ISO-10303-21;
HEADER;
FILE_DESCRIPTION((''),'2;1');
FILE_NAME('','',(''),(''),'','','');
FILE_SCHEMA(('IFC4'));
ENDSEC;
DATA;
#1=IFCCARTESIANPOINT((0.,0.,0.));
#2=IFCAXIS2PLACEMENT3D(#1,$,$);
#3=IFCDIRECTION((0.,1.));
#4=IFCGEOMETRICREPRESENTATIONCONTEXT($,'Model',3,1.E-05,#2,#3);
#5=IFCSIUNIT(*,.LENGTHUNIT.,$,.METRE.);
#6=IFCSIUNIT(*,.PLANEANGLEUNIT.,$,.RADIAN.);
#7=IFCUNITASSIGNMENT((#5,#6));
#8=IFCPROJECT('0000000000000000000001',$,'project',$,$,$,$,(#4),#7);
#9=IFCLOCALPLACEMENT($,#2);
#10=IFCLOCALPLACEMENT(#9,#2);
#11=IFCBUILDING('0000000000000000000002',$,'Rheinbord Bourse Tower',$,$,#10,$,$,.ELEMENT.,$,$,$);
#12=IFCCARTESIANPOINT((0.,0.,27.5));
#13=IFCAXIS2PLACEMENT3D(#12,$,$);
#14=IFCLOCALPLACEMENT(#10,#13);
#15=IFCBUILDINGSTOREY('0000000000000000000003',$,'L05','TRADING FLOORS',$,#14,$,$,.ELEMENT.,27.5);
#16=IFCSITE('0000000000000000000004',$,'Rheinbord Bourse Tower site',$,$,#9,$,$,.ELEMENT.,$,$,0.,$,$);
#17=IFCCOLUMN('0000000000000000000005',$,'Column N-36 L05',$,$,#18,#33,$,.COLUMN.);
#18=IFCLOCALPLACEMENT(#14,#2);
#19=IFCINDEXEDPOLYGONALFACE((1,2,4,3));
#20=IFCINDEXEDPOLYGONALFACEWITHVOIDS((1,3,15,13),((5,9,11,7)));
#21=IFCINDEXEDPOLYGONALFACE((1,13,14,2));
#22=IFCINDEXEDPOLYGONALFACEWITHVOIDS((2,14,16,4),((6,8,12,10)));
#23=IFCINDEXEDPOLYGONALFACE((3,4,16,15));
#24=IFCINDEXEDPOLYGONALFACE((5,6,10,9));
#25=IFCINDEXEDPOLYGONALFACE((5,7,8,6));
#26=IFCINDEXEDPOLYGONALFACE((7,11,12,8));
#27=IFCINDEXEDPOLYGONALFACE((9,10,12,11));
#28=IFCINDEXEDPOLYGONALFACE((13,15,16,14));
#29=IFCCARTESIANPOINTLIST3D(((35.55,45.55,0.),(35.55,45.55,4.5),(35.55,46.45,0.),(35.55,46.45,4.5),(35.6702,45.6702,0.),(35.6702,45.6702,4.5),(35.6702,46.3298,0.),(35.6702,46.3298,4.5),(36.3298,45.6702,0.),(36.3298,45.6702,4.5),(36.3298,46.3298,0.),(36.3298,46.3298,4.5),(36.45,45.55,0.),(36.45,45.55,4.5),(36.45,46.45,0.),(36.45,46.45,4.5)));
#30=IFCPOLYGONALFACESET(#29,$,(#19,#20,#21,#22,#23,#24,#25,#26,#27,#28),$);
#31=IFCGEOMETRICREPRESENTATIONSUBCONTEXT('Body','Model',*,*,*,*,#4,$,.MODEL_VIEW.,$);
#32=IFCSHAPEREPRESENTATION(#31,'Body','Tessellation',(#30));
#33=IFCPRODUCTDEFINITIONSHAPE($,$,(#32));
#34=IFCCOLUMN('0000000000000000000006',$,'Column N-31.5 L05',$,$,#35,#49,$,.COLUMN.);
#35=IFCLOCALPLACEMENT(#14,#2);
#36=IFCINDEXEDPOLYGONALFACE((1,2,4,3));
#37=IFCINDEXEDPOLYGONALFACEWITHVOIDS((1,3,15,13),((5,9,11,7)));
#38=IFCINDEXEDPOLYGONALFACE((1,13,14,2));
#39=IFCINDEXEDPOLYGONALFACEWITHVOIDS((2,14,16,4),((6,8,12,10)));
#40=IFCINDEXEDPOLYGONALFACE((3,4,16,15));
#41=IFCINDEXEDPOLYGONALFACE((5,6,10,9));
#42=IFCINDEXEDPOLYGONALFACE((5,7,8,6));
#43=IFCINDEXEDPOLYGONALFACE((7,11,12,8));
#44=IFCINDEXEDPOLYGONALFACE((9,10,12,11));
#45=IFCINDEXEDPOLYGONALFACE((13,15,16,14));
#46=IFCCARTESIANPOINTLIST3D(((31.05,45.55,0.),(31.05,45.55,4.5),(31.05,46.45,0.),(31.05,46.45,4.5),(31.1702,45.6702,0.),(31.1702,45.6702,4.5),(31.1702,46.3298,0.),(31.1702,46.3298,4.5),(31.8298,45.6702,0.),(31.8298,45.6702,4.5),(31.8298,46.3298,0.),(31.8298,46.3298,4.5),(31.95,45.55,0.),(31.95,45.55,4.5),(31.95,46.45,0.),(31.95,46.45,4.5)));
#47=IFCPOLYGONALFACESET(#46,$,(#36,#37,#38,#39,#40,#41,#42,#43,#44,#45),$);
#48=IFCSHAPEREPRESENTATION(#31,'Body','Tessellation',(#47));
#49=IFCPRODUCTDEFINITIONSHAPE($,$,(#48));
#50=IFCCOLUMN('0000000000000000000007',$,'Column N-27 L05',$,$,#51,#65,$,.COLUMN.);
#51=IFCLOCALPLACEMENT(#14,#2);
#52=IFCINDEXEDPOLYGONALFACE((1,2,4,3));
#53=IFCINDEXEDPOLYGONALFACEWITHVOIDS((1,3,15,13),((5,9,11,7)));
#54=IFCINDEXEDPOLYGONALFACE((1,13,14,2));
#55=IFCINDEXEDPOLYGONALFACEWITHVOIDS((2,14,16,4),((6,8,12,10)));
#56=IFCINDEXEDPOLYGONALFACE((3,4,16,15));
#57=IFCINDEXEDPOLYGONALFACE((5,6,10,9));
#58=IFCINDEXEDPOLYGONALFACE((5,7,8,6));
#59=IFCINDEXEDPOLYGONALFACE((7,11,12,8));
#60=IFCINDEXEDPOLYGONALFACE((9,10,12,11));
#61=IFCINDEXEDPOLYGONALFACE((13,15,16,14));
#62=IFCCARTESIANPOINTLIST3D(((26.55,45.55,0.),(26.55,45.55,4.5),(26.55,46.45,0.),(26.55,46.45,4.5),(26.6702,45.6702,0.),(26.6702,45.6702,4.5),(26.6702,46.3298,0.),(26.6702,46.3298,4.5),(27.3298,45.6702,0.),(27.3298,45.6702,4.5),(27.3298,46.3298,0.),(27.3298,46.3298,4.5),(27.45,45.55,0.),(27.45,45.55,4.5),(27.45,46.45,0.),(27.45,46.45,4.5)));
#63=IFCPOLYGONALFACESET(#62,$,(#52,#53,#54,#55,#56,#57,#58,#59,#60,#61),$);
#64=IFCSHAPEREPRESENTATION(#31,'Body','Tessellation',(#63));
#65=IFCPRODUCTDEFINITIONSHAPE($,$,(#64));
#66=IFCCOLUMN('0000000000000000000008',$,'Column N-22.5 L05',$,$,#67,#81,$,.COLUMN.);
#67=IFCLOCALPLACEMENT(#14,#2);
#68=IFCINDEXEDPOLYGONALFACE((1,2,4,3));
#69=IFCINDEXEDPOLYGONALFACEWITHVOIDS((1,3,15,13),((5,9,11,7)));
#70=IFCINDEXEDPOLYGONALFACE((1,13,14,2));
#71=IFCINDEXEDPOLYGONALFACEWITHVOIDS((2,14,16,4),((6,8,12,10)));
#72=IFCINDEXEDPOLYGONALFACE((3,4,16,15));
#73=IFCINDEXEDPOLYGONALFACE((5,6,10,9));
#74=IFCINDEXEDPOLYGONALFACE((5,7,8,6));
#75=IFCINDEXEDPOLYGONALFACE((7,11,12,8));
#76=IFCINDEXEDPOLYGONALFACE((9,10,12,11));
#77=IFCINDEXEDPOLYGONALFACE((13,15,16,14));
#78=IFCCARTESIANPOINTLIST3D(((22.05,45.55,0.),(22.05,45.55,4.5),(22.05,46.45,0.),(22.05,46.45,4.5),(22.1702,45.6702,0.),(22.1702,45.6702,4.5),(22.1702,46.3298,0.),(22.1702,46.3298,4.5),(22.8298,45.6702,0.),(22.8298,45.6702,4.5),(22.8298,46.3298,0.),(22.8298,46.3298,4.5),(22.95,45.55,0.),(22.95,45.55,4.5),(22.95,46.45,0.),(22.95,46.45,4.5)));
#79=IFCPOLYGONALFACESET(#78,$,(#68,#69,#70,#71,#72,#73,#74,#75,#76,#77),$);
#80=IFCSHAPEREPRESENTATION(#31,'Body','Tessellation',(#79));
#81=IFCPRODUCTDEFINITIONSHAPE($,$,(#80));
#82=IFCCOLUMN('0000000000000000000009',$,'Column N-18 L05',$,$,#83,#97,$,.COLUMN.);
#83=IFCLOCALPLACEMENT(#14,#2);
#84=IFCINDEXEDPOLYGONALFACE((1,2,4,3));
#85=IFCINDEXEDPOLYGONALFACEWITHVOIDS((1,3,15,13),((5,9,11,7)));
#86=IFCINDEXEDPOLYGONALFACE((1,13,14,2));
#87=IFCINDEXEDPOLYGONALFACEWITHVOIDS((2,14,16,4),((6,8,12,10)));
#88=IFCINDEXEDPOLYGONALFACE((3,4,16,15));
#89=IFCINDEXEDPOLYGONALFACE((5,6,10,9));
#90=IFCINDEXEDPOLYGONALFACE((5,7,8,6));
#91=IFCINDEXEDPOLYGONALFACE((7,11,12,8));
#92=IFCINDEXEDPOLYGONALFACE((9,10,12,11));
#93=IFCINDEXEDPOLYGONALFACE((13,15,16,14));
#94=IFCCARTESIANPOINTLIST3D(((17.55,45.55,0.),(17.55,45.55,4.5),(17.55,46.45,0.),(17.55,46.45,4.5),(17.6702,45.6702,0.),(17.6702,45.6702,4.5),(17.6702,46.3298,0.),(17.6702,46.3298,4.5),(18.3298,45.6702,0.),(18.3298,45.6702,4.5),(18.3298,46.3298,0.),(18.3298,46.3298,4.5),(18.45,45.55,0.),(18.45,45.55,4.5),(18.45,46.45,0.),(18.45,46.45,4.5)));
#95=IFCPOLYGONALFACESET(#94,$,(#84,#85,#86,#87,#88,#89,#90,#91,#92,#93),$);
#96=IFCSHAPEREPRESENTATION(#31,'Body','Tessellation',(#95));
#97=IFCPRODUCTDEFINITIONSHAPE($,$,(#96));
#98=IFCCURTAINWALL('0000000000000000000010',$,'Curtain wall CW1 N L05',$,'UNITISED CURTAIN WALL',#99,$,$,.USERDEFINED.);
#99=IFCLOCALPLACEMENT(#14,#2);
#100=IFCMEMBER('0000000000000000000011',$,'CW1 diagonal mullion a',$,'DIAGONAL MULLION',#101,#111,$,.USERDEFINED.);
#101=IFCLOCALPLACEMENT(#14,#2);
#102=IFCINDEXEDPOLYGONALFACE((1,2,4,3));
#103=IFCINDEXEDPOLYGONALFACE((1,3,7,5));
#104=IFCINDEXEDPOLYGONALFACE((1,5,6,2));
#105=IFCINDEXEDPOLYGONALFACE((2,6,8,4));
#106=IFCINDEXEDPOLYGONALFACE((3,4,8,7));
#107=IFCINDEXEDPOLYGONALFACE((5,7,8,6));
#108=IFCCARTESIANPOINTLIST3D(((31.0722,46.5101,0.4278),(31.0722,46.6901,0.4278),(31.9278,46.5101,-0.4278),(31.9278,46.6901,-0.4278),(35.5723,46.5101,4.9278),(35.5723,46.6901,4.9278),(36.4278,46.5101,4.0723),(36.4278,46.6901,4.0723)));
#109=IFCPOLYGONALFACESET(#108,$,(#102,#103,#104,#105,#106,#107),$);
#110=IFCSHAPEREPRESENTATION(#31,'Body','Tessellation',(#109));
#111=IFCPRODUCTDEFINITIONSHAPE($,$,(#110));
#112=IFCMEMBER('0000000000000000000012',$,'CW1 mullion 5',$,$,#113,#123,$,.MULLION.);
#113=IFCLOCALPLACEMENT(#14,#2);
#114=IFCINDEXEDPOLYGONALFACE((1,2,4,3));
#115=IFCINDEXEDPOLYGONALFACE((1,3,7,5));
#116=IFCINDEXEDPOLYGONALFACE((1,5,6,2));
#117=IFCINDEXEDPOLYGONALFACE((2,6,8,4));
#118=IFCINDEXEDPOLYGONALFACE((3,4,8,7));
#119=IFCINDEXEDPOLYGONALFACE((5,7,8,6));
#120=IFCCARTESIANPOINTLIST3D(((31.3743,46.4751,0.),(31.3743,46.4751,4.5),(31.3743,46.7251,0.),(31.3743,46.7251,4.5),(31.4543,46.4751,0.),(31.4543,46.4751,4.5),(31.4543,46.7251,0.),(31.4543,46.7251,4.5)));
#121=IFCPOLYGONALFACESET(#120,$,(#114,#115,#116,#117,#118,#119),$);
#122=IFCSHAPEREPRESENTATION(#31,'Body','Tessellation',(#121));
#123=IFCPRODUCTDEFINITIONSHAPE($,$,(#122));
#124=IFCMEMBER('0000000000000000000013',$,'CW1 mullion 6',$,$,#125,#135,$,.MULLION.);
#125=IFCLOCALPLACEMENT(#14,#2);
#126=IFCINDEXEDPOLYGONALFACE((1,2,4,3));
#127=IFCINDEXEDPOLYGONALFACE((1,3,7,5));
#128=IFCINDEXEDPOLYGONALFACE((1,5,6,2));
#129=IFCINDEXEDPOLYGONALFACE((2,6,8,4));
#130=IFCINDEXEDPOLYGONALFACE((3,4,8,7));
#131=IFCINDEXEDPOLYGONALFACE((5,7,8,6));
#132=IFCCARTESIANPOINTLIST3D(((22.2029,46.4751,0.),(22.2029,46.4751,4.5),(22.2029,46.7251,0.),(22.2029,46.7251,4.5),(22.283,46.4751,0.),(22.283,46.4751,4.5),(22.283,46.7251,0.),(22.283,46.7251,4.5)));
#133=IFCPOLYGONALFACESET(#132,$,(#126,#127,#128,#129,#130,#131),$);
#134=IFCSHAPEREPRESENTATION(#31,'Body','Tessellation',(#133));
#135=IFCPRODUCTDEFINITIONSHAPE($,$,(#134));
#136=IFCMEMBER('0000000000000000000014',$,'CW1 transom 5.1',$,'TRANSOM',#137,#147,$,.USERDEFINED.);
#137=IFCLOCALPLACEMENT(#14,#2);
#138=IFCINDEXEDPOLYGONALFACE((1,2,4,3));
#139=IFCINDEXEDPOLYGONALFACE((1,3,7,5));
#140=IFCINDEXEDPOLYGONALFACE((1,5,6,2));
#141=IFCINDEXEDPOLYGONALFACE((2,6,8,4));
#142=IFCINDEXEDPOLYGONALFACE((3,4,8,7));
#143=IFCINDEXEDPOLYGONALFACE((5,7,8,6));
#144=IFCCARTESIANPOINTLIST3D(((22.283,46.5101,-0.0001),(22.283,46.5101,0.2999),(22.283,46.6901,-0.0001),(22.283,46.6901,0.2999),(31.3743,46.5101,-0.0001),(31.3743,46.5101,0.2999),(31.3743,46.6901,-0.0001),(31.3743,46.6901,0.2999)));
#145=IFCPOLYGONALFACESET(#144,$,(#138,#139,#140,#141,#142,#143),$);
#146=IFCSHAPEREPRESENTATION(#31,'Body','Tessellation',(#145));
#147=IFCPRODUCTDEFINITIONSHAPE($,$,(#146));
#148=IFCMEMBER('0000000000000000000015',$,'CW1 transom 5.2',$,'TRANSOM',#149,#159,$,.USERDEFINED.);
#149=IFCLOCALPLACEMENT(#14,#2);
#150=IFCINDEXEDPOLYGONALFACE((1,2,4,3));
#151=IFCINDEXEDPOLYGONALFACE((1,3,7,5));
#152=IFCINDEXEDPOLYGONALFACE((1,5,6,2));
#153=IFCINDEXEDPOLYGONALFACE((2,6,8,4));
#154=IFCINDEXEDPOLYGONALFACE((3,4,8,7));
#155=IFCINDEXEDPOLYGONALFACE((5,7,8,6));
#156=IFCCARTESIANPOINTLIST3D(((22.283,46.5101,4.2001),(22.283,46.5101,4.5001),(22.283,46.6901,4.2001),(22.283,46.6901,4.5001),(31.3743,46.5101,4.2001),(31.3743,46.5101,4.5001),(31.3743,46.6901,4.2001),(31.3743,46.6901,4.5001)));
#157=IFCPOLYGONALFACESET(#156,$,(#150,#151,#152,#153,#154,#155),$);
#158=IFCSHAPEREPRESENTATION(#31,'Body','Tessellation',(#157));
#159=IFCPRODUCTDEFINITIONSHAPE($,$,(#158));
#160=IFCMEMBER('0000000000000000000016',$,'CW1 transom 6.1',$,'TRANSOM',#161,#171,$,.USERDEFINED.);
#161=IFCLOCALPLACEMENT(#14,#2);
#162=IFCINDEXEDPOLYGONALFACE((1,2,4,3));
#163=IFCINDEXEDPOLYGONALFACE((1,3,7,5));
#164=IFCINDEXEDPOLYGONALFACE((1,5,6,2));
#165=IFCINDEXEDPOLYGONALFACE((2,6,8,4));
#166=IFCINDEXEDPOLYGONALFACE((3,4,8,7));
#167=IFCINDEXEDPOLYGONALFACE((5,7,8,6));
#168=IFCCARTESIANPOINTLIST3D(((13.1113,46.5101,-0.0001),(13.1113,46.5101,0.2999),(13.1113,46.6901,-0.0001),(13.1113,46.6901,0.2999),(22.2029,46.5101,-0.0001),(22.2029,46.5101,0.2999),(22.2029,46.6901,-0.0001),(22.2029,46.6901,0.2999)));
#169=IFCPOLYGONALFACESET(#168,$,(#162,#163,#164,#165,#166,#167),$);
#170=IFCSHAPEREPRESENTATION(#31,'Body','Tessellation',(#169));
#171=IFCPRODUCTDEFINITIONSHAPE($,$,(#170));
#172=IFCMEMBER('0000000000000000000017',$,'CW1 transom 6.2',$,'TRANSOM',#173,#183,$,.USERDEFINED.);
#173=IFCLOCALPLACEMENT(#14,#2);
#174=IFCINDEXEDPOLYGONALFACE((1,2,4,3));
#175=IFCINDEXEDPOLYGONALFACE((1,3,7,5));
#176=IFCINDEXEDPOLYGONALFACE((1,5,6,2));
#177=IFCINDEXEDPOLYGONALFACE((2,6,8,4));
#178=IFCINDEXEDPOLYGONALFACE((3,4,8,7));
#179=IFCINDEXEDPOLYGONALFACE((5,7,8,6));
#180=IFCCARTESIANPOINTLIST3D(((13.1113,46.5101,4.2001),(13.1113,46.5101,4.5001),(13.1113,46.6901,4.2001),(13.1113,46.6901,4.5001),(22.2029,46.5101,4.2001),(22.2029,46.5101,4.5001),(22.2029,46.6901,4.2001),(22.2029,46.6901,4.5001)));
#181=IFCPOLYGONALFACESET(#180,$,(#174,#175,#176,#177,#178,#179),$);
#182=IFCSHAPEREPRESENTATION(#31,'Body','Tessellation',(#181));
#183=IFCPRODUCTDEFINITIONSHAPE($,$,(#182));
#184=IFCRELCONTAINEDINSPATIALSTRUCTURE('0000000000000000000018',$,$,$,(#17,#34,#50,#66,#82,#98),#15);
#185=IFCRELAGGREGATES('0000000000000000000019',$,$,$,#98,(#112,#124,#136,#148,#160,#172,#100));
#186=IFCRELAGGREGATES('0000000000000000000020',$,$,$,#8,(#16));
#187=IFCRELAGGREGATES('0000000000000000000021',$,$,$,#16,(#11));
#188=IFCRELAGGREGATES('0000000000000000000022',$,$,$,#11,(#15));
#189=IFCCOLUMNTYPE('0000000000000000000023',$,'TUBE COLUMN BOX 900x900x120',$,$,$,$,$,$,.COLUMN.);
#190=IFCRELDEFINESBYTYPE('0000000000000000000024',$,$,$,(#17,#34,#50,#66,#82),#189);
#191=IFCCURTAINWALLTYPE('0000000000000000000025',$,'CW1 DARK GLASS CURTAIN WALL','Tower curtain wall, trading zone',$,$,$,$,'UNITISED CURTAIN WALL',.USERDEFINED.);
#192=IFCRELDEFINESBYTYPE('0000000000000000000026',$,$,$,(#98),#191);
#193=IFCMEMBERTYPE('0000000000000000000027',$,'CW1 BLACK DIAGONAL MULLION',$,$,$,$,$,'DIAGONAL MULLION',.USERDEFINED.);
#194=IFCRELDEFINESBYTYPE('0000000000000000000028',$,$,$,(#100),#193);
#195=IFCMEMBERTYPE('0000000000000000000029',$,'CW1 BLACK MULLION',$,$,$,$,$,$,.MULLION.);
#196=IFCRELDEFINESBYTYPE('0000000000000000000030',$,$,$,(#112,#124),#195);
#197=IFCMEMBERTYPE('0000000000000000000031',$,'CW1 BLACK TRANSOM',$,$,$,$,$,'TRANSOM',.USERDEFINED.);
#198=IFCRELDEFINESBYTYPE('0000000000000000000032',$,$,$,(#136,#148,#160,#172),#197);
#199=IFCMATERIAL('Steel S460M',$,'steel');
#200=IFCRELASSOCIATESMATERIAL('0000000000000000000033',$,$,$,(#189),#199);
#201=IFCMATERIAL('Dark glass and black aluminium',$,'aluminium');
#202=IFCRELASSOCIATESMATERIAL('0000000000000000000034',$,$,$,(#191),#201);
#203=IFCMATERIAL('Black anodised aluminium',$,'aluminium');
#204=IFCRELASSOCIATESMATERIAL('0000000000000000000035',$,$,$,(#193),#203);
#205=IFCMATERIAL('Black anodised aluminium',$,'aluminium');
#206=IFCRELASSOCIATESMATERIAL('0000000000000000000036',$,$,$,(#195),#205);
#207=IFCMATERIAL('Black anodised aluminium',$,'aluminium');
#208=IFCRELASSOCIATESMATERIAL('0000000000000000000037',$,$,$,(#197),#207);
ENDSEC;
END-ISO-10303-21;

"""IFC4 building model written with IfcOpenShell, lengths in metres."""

from ifc_helpers import new_model, si_unit, direction, frame, origin, origin_2d, place, context, subcontext, project, spatial, rectangle, hollow_rectangle, extrude, material, material_profile, profile_set, type_object, element, aggregate, save


model = new_model("IFC4")

# Units and contexts
model_context = context("Model", 3, precision=1e-05, world=origin(), true_north=direction((0.0, 1.0)))
body_context = subcontext(model_context, "Body", "Model", "MODEL_VIEW")
ifc_project = project(units=[si_unit("LENGTHUNIT", "METRE"), si_unit("PLANEANGLEUNIT", "RADIAN")], contexts=[model_context])

# Site, building, storey
site_placement = place(None, origin())
site = spatial("IfcSite", under=ifc_project, at=site_placement, Name="Rheinbord Bourse Tower site", CompositionType="ELEMENT", RefElevation=0.0)
building_placement = place(site_placement, origin())
building = spatial("IfcBuilding", under=site, at=building_placement, Name="Rheinbord Bourse Tower", CompositionType="ELEMENT")
storey_placement = place(building_placement, frame((0.0, 0.0, 27.5)))
storey = spatial("IfcBuildingStorey", under=building, at=storey_placement, Name="L05", Description="TRADING FLOORS", CompositionType="ELEMENT", Elevation=27.5)

# Columns
ifc_material_1 = material(Name="Steel S460M", Category="steel")
ifc_material_profile_1 = material_profile(ifc_material_1, hollow_rectangle(XDim=0.8999, YDim=0.8999, WallThickness=0.1201, at=origin_2d()), Name="BOX 900x900x120")
ifc_profile_set_1 = profile_set([ifc_material_profile_1], Name="Steel S460M")
column_type = type_object("IfcColumnType", Name="TUBE COLUMN BOX 900x900x120", PredefinedType="COLUMN", material=ifc_profile_set_1)
for number, where, z_axis, x_axis, name in (
    (1, (36.0, 46.0, 0.0), (0.0, 0.0, 1.0), (0.0, 1.0, 0.0), "Column N-36 L05"),
    (2, (31.5, 46.0, 0.0), (0.0, 0.0, 1.0), (0.0, 1.0, 0.0), "Column N-31.5 L05"),
    (3, (27.0, 46.0, 0.0), (0.0, 0.0, 1.0), (0.0, 1.0, 0.0), "Column N-27 L05"),
    (4, (22.5, 46.0, 0.0), (0.0, 0.0, 1.0), (0.0, 1.0, 0.0), "Column N-22.5 L05"),
    (5, (18.0, 46.0, 0.0), (0.0, 0.0, 1.0), (0.0, 1.0, 0.0), "Column N-18 L05"),
):
    element("IfcColumn", number, at=place(storey_placement, frame(where, z_axis=z_axis, x_axis=x_axis)), inside=storey, type_object=column_type, Name=name, PredefinedType="COLUMN", context=body_context, shape_type="SweptSolid", body=[
        extrude(hollow_rectangle(XDim=0.8999, YDim=0.8999, WallThickness=0.1201, at=origin_2d()), origin(), (0.0, 0.0, 1.0), 4.5),
    ])

# Curtain wall, members
ifc_material_2 = material(Name="Dark glass and black aluminium", Category="aluminium")
curtain_wall_type = type_object("IfcCurtainWallType", Name="CW1 DARK GLASS CURTAIN WALL", Description="Tower curtain wall, trading zone", ElementType="UNITISED CURTAIN WALL", PredefinedType="USERDEFINED", material=ifc_material_2)
curtain_wall_placement = place(storey_placement, origin())
curtain_wall = element("IfcCurtainWall", 6, at=curtain_wall_placement, inside=storey, type_object=curtain_wall_type, Name="Curtain wall CW1 N L05", ObjectType="UNITISED CURTAIN WALL", PredefinedType="USERDEFINED")
ifc_material_3 = material(Name="Black anodised aluminium", Category="aluminium")
ifc_material_profile_2 = material_profile(ifc_material_3, rectangle(XDim=0.1799, YDim=1.21, at=origin_2d()), Name="CW1 DIAGONAL MULLION 1210x180")
ifc_profile_set_2 = profile_set([ifc_material_profile_2], Name="Black anodised aluminium")
member_type_1 = type_object("IfcMemberType", Name="CW1 BLACK DIAGONAL MULLION", ElementType="DIAGONAL MULLION", PredefinedType="USERDEFINED", material=ifc_profile_set_2)
member_1_placement = place(storey_placement, frame((31.5, 46.6001, 0.0), z_axis=(0.707107, 0.0, 0.707107), x_axis=(0.0, 1.0, 0.0)))
member_1 = element("IfcMember", 7, at=member_1_placement, type_object=member_type_1, Name="CW1 diagonal mullion a", ObjectType="DIAGONAL MULLION", PredefinedType="USERDEFINED", context=body_context, shape_type="SweptSolid", body=[
    extrude(rectangle(XDim=0.1799, YDim=1.21, at=origin_2d()), origin(), (0.0, 0.0, 1.0), 6.364),
])
ifc_material_4 = material(Name="Black anodised aluminium", Category="aluminium")
ifc_material_profile_3 = material_profile(ifc_material_4, rectangle(XDim=0.25, YDim=0.0801, at=origin_2d()), Name="CW1 MULLION 80x250")
ifc_profile_set_3 = profile_set([ifc_material_profile_3], Name="Black anodised aluminium")
member_type_2 = type_object("IfcMemberType", Name="CW1 BLACK MULLION", PredefinedType="MULLION", material=ifc_profile_set_3)
member_2_placement = place(storey_placement, frame((31.4143, 46.6001, 0.0), z_axis=(0.0, 0.0, 1.0), x_axis=(0.0, -1.0, 0.0)))
member_2 = element("IfcMember", 8, at=member_2_placement, type_object=member_type_2, Name="CW1 mullion 5", PredefinedType="MULLION", context=body_context, shape_type="SweptSolid", body=[
    extrude(rectangle(XDim=0.25, YDim=0.0801, at=origin_2d()), origin(), (0.0, 0.0, 1.0), 4.5),
])
member_3_placement = place(storey_placement, frame((22.2429, 46.6001, 0.0), z_axis=(0.0, 0.0, 1.0), x_axis=(0.0, -1.0, 0.0)))
member_3 = element("IfcMember", 9, at=member_3_placement, type_object=member_type_2, Name="CW1 mullion 6", PredefinedType="MULLION", context=body_context, shape_type="SweptSolid", body=[
    extrude(rectangle(XDim=0.25, YDim=0.0801, at=origin_2d()), origin(), (0.0, 0.0, 1.0), 4.5),
])
ifc_material_5 = material(Name="Black anodised aluminium", Category="aluminium")
ifc_material_profile_4 = material_profile(ifc_material_5, rectangle(XDim=0.1799, YDim=0.3, at=origin_2d()), Name="CW1 TRANSOM 300x180")
ifc_profile_set_4 = profile_set([ifc_material_profile_4], Name="Black anodised aluminium")
member_type_3 = type_object("IfcMemberType", Name="CW1 BLACK TRANSOM", ElementType="TRANSOM", PredefinedType="USERDEFINED", material=ifc_profile_set_4)
member_4_placement = place(storey_placement, frame((31.3743, 46.6001, 0.1499), z_axis=(-1.0, 0.0, 0.0), x_axis=(0.0, -1.0, 0.0)))
member_4 = element("IfcMember", 10, at=member_4_placement, type_object=member_type_3, Name="CW1 transom 5.1", ObjectType="TRANSOM", PredefinedType="USERDEFINED", context=body_context, shape_type="SweptSolid", body=[
    extrude(rectangle(XDim=0.1799, YDim=0.3, at=origin_2d()), origin(), (0.0, 0.0, 1.0), 9.0913),
])
member_5_placement = place(storey_placement, frame((31.3743, 46.6001, 4.3501), z_axis=(-1.0, 0.0, 0.0), x_axis=(0.0, -1.0, 0.0)))
member_5 = element("IfcMember", 11, at=member_5_placement, type_object=member_type_3, Name="CW1 transom 5.2", ObjectType="TRANSOM", PredefinedType="USERDEFINED", context=body_context, shape_type="SweptSolid", body=[
    extrude(rectangle(XDim=0.1799, YDim=0.3, at=origin_2d()), origin(), (0.0, 0.0, 1.0), 9.0913),
])
member_6_placement = place(storey_placement, frame((22.2029, 46.6001, 0.1499), z_axis=(-1.0, 0.0, 0.0), x_axis=(0.0, -1.0, 0.0)))
member_6 = element("IfcMember", 12, at=member_6_placement, type_object=member_type_3, Name="CW1 transom 6.1", ObjectType="TRANSOM", PredefinedType="USERDEFINED", context=body_context, shape_type="SweptSolid", body=[
    extrude(rectangle(XDim=0.1799, YDim=0.3, at=origin_2d()), origin(), (0.0, 0.0, 1.0), 9.0916),
])
member_7_placement = place(storey_placement, frame((22.2029, 46.6001, 4.3501), z_axis=(-1.0, 0.0, 0.0), x_axis=(0.0, -1.0, 0.0)))
member_7 = element("IfcMember", 13, at=member_7_placement, type_object=member_type_3, Name="CW1 transom 6.2", ObjectType="TRANSOM", PredefinedType="USERDEFINED", context=body_context, shape_type="SweptSolid", body=[
    extrude(rectangle(XDim=0.1799, YDim=0.3, at=origin_2d()), origin(), (0.0, 0.0, 1.0), 9.0916),
])

aggregate(curtain_wall, [member_2, member_3, member_4, member_5, member_6, member_7, member_1])

save(model, "model.ifc")
